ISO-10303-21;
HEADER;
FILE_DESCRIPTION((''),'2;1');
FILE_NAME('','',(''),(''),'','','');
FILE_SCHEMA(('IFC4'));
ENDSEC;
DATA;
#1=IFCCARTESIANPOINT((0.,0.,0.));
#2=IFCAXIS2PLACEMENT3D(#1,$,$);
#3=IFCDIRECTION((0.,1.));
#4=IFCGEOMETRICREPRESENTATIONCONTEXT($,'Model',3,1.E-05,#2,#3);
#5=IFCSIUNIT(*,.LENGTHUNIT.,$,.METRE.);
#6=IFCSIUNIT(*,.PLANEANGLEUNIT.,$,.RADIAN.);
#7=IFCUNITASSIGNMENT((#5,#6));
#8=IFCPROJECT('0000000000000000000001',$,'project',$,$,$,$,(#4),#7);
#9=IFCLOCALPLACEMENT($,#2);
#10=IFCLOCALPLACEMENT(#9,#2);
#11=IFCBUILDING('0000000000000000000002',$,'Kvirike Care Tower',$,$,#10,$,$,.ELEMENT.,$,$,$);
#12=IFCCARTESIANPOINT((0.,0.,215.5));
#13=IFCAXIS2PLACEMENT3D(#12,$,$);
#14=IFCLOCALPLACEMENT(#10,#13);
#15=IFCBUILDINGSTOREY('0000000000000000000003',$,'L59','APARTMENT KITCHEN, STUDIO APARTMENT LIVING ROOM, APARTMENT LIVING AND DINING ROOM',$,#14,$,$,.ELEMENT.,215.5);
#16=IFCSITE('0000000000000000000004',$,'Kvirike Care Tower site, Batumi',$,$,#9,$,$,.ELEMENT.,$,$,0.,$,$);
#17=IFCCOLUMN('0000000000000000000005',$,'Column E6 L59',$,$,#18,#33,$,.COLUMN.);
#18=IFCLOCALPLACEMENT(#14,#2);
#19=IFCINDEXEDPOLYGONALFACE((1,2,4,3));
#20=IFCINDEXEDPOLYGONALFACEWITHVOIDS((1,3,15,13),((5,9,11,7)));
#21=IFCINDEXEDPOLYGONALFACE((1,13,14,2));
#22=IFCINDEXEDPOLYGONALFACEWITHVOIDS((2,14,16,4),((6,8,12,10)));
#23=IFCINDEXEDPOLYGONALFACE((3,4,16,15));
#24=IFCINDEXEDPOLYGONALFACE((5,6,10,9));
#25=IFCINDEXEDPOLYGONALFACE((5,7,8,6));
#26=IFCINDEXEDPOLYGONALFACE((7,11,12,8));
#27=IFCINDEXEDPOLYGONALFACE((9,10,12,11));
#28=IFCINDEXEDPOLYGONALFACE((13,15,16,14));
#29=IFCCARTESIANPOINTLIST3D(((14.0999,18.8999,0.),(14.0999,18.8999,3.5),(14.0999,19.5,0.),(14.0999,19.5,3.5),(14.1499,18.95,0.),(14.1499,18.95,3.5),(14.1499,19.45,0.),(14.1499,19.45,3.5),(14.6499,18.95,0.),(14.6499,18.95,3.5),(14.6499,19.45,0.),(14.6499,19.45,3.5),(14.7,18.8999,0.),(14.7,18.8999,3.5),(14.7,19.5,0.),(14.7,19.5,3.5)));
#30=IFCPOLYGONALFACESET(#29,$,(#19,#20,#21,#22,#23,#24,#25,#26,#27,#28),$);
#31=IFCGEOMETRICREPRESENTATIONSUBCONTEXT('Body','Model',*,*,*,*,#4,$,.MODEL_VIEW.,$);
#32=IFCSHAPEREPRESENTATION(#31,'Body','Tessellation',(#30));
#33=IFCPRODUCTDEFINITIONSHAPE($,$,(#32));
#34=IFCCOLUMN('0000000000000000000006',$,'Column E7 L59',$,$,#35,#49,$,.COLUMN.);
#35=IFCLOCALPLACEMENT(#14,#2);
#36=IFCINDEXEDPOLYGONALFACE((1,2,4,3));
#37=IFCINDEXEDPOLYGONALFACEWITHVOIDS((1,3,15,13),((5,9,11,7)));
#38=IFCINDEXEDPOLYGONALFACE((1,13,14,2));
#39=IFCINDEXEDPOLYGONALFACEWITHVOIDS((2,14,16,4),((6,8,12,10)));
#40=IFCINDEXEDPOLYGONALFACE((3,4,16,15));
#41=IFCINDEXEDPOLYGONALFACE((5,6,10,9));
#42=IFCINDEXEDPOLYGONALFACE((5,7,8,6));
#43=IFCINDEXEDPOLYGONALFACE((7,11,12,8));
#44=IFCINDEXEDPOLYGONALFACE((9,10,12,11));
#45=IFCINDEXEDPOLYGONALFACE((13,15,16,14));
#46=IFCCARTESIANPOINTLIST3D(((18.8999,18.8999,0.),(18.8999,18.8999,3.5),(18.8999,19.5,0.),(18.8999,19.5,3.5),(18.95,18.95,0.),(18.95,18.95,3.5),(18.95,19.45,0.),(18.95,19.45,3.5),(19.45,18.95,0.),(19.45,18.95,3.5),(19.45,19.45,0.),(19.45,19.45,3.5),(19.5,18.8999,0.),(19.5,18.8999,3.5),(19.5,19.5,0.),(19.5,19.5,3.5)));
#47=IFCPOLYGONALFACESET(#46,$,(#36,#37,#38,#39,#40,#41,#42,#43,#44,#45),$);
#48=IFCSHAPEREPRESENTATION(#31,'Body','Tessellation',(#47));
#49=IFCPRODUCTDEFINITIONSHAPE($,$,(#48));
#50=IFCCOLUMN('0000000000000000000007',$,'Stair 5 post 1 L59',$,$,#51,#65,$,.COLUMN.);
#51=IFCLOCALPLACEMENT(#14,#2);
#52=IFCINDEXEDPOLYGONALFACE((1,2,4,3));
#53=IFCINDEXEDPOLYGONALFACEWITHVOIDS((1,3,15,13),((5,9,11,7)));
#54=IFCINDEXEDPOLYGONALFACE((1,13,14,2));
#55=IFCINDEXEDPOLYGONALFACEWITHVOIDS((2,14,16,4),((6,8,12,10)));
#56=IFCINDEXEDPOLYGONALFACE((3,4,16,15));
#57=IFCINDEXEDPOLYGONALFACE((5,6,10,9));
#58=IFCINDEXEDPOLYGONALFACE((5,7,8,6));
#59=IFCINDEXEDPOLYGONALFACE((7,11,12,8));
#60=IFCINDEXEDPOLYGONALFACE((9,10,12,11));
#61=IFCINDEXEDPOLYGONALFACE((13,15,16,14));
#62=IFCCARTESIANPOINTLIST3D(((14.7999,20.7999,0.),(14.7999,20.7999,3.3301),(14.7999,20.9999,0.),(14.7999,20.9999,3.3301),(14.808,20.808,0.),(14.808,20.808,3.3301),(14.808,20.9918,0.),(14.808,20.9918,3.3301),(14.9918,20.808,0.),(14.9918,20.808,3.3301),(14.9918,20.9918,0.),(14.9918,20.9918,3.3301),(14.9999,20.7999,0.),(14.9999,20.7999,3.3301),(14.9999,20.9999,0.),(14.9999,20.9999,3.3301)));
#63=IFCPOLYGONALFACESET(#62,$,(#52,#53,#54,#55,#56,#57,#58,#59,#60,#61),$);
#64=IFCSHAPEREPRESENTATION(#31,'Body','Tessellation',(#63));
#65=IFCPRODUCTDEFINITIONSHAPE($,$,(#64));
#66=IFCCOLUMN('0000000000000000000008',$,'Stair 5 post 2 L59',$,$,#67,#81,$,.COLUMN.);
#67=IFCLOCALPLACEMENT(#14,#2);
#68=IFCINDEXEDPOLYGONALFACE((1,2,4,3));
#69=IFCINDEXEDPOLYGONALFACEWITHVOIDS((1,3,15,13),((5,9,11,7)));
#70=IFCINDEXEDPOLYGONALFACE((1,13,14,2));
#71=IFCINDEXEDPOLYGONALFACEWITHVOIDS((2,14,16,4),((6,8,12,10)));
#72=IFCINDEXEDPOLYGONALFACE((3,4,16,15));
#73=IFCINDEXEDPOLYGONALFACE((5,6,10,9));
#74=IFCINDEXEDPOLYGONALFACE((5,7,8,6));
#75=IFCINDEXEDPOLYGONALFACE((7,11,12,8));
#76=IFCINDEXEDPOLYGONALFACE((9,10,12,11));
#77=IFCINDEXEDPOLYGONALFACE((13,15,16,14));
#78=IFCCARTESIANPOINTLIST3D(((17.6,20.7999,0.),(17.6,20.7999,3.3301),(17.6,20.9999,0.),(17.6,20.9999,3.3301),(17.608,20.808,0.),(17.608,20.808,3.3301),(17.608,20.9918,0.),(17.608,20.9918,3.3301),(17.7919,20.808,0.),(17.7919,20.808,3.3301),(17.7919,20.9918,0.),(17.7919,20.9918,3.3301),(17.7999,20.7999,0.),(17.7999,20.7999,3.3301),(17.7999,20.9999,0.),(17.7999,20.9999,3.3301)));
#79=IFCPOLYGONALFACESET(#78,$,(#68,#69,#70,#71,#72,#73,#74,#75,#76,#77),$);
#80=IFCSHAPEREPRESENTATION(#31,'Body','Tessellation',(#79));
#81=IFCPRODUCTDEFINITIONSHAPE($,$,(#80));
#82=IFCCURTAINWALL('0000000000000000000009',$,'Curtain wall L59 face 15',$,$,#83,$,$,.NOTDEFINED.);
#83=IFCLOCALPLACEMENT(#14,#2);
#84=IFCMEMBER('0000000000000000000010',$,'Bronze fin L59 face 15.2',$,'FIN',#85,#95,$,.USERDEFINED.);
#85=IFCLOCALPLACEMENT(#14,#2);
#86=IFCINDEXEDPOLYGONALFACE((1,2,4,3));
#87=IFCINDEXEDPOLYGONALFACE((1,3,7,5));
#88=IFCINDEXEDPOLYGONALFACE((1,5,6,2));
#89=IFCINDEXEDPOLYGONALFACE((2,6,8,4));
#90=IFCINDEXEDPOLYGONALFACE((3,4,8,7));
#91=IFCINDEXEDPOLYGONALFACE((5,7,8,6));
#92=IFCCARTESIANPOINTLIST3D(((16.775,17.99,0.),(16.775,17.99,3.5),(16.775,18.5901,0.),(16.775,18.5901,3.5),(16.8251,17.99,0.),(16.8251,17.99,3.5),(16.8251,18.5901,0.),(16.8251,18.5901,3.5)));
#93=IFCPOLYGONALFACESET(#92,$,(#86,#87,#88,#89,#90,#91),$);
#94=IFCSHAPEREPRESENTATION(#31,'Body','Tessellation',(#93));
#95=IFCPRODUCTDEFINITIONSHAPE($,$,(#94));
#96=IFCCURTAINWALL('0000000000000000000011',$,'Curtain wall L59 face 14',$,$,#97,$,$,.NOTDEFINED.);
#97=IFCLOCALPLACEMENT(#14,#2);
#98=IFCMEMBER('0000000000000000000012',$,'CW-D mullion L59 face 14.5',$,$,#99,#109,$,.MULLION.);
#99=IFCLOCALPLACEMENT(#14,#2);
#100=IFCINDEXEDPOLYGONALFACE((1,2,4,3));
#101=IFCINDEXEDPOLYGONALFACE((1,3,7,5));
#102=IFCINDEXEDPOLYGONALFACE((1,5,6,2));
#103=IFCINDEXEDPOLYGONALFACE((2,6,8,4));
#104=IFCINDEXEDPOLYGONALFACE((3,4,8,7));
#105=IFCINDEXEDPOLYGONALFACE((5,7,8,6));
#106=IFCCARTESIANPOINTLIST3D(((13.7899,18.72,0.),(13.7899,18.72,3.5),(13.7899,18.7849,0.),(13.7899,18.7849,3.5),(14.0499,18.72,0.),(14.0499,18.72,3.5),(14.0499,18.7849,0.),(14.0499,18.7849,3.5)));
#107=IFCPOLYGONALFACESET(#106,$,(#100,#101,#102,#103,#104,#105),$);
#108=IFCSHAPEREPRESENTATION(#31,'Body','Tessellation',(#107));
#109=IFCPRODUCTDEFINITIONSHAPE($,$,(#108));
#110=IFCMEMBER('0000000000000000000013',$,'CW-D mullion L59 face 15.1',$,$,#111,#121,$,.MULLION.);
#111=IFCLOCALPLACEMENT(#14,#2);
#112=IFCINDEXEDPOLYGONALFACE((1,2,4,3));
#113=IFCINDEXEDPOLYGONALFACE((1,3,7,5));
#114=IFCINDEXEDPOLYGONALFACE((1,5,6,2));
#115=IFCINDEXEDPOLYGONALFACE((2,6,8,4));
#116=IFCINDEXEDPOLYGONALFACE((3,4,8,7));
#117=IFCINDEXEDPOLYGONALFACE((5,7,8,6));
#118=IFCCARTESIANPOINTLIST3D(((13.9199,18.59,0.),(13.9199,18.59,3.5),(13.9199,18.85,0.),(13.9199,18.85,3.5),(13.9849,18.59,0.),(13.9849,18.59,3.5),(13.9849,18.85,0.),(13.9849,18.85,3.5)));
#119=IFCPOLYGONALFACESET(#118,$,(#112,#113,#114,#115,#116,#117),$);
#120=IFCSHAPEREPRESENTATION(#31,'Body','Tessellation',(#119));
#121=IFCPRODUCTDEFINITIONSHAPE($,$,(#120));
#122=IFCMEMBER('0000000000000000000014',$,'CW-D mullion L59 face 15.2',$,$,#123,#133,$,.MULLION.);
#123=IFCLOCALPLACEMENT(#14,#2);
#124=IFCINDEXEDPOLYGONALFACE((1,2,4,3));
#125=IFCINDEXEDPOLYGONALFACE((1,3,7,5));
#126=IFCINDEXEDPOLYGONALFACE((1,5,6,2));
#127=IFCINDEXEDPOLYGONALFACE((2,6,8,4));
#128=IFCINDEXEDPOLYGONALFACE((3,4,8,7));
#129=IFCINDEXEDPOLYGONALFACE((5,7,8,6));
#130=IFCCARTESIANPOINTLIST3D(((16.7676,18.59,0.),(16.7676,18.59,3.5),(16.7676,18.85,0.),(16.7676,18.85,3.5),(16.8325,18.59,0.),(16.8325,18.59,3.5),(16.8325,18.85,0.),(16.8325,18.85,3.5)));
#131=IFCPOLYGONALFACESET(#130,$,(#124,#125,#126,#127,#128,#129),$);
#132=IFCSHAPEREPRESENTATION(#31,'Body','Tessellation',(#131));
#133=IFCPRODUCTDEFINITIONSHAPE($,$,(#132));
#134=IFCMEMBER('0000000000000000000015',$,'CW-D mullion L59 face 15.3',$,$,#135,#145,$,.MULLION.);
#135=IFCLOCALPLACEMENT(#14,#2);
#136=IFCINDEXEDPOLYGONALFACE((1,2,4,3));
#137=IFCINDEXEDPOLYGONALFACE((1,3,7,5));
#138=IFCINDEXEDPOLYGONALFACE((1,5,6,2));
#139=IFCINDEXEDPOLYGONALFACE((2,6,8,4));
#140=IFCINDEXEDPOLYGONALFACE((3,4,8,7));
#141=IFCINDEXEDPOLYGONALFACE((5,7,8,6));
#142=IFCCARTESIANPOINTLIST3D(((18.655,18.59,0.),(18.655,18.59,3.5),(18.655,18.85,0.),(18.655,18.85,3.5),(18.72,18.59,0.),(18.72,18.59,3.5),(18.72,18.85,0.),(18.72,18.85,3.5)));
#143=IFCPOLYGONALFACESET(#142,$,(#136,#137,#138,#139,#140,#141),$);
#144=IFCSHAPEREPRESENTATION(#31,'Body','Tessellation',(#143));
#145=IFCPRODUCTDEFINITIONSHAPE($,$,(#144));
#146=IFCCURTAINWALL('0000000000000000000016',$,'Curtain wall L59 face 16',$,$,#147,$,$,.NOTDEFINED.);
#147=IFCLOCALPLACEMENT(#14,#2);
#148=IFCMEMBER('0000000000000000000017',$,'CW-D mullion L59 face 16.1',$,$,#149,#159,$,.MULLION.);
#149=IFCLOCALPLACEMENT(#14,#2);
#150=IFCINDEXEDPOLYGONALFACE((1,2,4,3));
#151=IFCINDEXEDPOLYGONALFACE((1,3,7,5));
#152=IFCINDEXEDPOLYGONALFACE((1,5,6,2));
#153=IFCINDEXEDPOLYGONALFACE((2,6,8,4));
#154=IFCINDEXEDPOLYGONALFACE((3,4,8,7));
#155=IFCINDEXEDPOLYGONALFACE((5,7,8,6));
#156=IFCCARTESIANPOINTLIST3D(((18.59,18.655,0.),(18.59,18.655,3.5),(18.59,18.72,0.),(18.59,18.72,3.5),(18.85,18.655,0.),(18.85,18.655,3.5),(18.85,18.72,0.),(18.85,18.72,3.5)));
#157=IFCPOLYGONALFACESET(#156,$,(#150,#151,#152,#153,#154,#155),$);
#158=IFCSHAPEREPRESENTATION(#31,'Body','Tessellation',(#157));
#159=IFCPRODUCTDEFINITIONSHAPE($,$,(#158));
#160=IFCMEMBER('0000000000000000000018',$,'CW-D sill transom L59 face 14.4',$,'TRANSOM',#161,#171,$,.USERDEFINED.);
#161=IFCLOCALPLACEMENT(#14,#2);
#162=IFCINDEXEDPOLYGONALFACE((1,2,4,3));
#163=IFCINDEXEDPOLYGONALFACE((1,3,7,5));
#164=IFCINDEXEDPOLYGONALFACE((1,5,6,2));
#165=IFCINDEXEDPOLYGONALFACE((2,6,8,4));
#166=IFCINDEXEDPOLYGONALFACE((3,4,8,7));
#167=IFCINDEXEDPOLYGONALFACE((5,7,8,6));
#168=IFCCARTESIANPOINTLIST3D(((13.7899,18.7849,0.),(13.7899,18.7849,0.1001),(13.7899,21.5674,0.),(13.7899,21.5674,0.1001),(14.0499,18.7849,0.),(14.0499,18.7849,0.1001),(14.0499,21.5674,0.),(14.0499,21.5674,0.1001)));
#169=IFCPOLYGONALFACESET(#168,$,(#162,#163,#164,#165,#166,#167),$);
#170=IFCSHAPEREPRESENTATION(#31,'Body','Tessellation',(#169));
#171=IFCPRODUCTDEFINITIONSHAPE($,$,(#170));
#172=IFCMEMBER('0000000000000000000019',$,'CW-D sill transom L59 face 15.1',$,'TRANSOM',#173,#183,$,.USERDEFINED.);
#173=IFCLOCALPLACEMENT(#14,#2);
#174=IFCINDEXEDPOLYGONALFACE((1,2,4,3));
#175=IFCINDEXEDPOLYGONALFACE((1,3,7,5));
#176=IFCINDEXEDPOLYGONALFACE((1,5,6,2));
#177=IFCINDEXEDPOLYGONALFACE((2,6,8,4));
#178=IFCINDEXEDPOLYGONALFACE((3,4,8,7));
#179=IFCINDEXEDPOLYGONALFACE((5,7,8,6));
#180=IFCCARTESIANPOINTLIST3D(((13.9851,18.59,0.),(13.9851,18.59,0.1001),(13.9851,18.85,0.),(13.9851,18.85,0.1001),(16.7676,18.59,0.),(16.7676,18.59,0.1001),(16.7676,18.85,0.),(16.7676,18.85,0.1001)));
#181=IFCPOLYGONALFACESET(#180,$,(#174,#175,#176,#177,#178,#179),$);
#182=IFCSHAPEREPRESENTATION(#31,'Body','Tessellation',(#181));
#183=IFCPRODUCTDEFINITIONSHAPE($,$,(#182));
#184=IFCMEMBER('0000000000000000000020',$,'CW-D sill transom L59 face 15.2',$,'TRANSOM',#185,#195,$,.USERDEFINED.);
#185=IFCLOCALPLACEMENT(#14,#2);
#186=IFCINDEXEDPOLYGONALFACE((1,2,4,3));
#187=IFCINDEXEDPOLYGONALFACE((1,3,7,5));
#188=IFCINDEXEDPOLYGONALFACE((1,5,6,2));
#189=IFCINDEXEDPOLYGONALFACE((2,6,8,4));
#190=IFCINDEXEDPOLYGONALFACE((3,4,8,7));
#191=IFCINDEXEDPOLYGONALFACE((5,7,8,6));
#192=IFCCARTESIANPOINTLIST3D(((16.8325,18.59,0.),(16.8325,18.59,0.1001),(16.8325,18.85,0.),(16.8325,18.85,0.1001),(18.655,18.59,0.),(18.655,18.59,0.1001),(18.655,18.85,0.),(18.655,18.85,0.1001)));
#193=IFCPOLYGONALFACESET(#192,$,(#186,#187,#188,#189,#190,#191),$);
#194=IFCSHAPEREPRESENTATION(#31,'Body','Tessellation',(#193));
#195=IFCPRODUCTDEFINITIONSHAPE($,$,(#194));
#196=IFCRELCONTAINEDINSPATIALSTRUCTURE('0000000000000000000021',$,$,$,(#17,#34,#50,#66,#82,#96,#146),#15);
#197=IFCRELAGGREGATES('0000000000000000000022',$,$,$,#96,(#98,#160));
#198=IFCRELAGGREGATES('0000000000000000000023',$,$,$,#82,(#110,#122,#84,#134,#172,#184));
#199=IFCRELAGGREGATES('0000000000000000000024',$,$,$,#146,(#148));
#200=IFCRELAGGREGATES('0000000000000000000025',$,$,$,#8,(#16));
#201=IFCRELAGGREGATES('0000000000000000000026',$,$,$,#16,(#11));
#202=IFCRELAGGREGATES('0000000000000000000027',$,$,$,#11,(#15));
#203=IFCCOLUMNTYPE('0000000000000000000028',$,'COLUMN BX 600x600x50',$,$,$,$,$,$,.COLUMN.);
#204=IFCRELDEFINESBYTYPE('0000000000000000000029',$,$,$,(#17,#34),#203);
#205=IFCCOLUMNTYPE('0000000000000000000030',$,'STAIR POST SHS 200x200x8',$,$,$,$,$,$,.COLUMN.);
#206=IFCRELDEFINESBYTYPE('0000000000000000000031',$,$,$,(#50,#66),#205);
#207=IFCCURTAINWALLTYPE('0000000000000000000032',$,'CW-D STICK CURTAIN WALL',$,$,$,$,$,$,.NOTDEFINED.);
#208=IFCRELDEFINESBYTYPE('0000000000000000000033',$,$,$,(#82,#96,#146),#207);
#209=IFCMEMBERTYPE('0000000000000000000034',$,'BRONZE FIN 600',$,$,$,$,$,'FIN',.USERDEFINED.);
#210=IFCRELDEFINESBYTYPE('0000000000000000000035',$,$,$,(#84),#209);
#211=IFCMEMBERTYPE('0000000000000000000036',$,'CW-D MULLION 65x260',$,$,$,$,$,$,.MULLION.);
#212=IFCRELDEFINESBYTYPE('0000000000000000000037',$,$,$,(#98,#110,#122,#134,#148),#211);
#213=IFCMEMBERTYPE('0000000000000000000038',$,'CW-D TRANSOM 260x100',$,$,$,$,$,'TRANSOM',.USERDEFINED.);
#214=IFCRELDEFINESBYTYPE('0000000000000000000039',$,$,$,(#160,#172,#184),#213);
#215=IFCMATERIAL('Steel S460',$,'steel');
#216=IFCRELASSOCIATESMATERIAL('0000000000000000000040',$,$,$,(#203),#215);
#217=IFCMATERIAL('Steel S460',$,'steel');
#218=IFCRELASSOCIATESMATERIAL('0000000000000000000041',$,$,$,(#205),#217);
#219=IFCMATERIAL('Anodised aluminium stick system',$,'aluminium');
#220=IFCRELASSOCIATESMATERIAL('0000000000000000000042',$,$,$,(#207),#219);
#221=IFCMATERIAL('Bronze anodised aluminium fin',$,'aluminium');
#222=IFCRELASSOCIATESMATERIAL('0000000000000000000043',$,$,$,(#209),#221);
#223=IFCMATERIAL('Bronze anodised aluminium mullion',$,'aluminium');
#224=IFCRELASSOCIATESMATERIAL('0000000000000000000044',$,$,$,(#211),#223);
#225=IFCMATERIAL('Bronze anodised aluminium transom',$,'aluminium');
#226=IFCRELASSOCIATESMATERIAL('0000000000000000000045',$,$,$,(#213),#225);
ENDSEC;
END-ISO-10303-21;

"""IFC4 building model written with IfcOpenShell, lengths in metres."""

from ifc_helpers import new_model, si_unit, direction, frame, origin, origin_2d, place, context, subcontext, project, spatial, rectangle, hollow_rectangle, extrude, material, material_profile, profile_set, type_object, element, aggregate, save


model = new_model("IFC4")

# Units and contexts
model_context = context("Model", 3, precision=1e-05, world=origin(), true_north=direction((0.0, 1.0)))
body_context = subcontext(model_context, "Body", "Model", "MODEL_VIEW")
ifc_project = project(units=[si_unit("LENGTHUNIT", "METRE"), si_unit("PLANEANGLEUNIT", "RADIAN")], contexts=[model_context])

# Site, building, storey
site_placement = place(None, origin())
site = spatial("IfcSite", under=ifc_project, at=site_placement, Name="Kvirike Care Tower site, Batumi", CompositionType="ELEMENT", RefElevation=0.0)
building_placement = place(site_placement, origin())
building = spatial("IfcBuilding", under=site, at=building_placement, Name="Kvirike Care Tower", CompositionType="ELEMENT")
storey_placement = place(building_placement, frame((0.0, 0.0, 215.5)))
storey = spatial("IfcBuildingStorey", under=building, at=storey_placement, Name="L59", Description="APARTMENT KITCHEN, STUDIO APARTMENT LIVING ROOM, APARTMENT LIVING AND DINING ROOM", CompositionType="ELEMENT", Elevation=215.5)

# Columns
ifc_material_1 = material(Name="Steel S460", Category="steel")
ifc_material_profile_1 = material_profile(ifc_material_1, hollow_rectangle(XDim=0.6001, YDim=0.6001, WallThickness=0.05, at=origin_2d()), Name="BX 600x600x50")
ifc_profile_set_1 = profile_set([ifc_material_profile_1], Name="Steel S460")
column_type_1 = type_object("IfcColumnType", Name="COLUMN BX 600x600x50", PredefinedType="COLUMN", material=ifc_profile_set_1)
for number, where, z_axis, x_axis, name in (
    (1, (14.3999, 19.2, 0.0), (0.0, 0.0, 1.0), (0.0, 1.0, 0.0), "Column E6 L59"),
    (2, (19.2, 19.2, 0.0), (0.0, 0.0, 1.0), (0.0, 1.0, 0.0), "Column E7 L59"),
):
    element("IfcColumn", number, at=place(storey_placement, frame(where, z_axis=z_axis, x_axis=x_axis)), inside=storey, type_object=column_type_1, Name=name, PredefinedType="COLUMN", context=body_context, shape_type="SweptSolid", body=[
        extrude(hollow_rectangle(XDim=0.6001, YDim=0.6001, WallThickness=0.05, at=origin_2d()), origin(), (0.0, 0.0, 1.0), 3.5),
    ])
ifc_material_2 = material(Name="Steel S460", Category="steel")
ifc_material_profile_2 = material_profile(ifc_material_2, hollow_rectangle(XDim=0.2, YDim=0.2, WallThickness=0.0081, at=origin_2d()), Name="SHS 200x200x8")
ifc_profile_set_2 = profile_set([ifc_material_profile_2], Name="Steel S460")
column_type_2 = type_object("IfcColumnType", Name="STAIR POST SHS 200x200x8", PredefinedType="COLUMN", material=ifc_profile_set_2)
for number, where, z_axis, x_axis, name in (
    (3, (14.8999, 20.8999, 0.0), (0.0, 0.0, 1.0), (1.0, 0.0, 0.0), "Stair 5 post 1 L59"),
    (4, (17.7, 20.8999, 0.0), (0.0, 0.0, 1.0), (1.0, 0.0, 0.0), "Stair 5 post 2 L59"),
):
    element("IfcColumn", number, at=place(storey_placement, frame(where, z_axis=z_axis, x_axis=x_axis)), inside=storey, type_object=column_type_2, Name=name, PredefinedType="COLUMN", context=body_context, shape_type="SweptSolid", body=[
        extrude(hollow_rectangle(XDim=0.2, YDim=0.2, WallThickness=0.0081, at=origin_2d()), origin(), (0.0, 0.0, 1.0), 3.3301),
    ])

# Curtain walls, members
ifc_material_3 = material(Name="Anodised aluminium stick system", Category="aluminium")
curtain_wall_type = type_object("IfcCurtainWallType", Name="CW-D STICK CURTAIN WALL", PredefinedType="NOTDEFINED", material=ifc_material_3)
curtain_wall_1_placement = place(storey_placement, origin())
curtain_wall_1 = element("IfcCurtainWall", 5, at=curtain_wall_1_placement, inside=storey, type_object=curtain_wall_type, Name="Curtain wall L59 face 15", PredefinedType="NOTDEFINED")
ifc_material_4 = material(Name="Bronze anodised aluminium fin", Category="aluminium")
ifc_material_profile_3 = material_profile(ifc_material_4, rectangle(XDim=0.05, YDim=0.6001, at=origin_2d()), Name="BRONZE FIN 600")
ifc_profile_set_3 = profile_set([ifc_material_profile_3], Name="Bronze anodised aluminium fin")
member_type_1 = type_object("IfcMemberType", Name="BRONZE FIN 600", ElementType="FIN", PredefinedType="USERDEFINED", material=ifc_profile_set_3)
member_1_placement = place(storey_placement, frame((16.8, 18.29, 0.0), z_axis=(0.0, 0.0, 1.0), x_axis=(1.0, 0.0, 0.0)))
member_1 = element("IfcMember", 6, at=member_1_placement, type_object=member_type_1, Name="Bronze fin L59 face 15.2", ObjectType="FIN", PredefinedType="USERDEFINED", context=body_context, shape_type="SweptSolid", body=[
    extrude(rectangle(XDim=0.05, YDim=0.6001, at=origin_2d()), origin(), (0.0, 0.0, 1.0), 3.5),
])
curtain_wall_2_placement = place(storey_placement, origin())
curtain_wall_2 = element("IfcCurtainWall", 7, at=curtain_wall_2_placement, inside=storey, type_object=curtain_wall_type, Name="Curtain wall L59 face 14", PredefinedType="NOTDEFINED")
ifc_material_5 = material(Name="Bronze anodised aluminium mullion", Category="aluminium")
ifc_material_profile_4 = material_profile(ifc_material_5, rectangle(XDim=0.0649, YDim=0.26, at=origin_2d()), Name="CW-D MULLION 65x260")
ifc_profile_set_4 = profile_set([ifc_material_profile_4], Name="Bronze anodised aluminium mullion")
member_type_2 = type_object("IfcMemberType", Name="CW-D MULLION 65x260", PredefinedType="MULLION", material=ifc_profile_set_4)
member_2_placement = place(storey_placement, frame((13.9199, 18.7524, 0.0), z_axis=(0.0, 0.0, 1.0), x_axis=(0.0, -1.0, 0.0)))
member_2 = element("IfcMember", 8, at=member_2_placement, type_object=member_type_2, Name="CW-D mullion L59 face 14.5", PredefinedType="MULLION", context=body_context, shape_type="SweptSolid", body=[
    extrude(rectangle(XDim=0.0649, YDim=0.26, at=origin_2d()), origin(), (0.0, 0.0, 1.0), 3.5),
])

# Members
member_3_placement = place(storey_placement, frame((13.9524, 18.72, 0.0), z_axis=(0.0, 0.0, 1.0), x_axis=(1.0, 0.0, 0.0)))
member_3 = element("IfcMember", 9, at=member_3_placement, type_object=member_type_2, Name="CW-D mullion L59 face 15.1", PredefinedType="MULLION", context=body_context, shape_type="SweptSolid", body=[
    extrude(rectangle(XDim=0.0649, YDim=0.26, at=origin_2d()), origin(), (0.0, 0.0, 1.0), 3.5),
])
member_4_placement = place(storey_placement, frame((16.8, 18.72, 0.0), z_axis=(0.0, 0.0, 1.0), x_axis=(1.0, 0.0, 0.0)))
member_4 = element("IfcMember", 10, at=member_4_placement, type_object=member_type_2, Name="CW-D mullion L59 face 15.2", PredefinedType="MULLION", context=body_context, shape_type="SweptSolid", body=[
    extrude(rectangle(XDim=0.0649, YDim=0.26, at=origin_2d()), origin(), (0.0, 0.0, 1.0), 3.5),
])
member_5_placement = place(storey_placement, frame((18.6875, 18.72, 0.0), z_axis=(0.0, 0.0, 1.0), x_axis=(1.0, 0.0, 0.0)))
member_5 = element("IfcMember", 11, at=member_5_placement, type_object=member_type_2, Name="CW-D mullion L59 face 15.3", PredefinedType="MULLION", context=body_context, shape_type="SweptSolid", body=[
    extrude(rectangle(XDim=0.0649, YDim=0.26, at=origin_2d()), origin(), (0.0, 0.0, 1.0), 3.5),
])

# Curtain wall, member
curtain_wall_3_placement = place(storey_placement, origin())
curtain_wall_3 = element("IfcCurtainWall", 12, at=curtain_wall_3_placement, inside=storey, type_object=curtain_wall_type, Name="Curtain wall L59 face 16", PredefinedType="NOTDEFINED")
member_6_placement = place(storey_placement, frame((18.72, 18.6875, 0.0), z_axis=(0.0, 0.0, 1.0), x_axis=(0.0, -1.0, 0.0)))
member_6 = element("IfcMember", 13, at=member_6_placement, type_object=member_type_2, Name="CW-D mullion L59 face 16.1", PredefinedType="MULLION", context=body_context, shape_type="SweptSolid", body=[
    extrude(rectangle(XDim=0.0649, YDim=0.26, at=origin_2d()), origin(), (0.0, 0.0, 1.0), 3.5),
])

# Members
ifc_material_6 = material(Name="Bronze anodised aluminium transom", Category="aluminium")
ifc_material_profile_5 = material_profile(ifc_material_6, rectangle(XDim=0.26, YDim=0.1001, at=origin_2d()), Name="CW-D TRANSOM 260x100")
ifc_profile_set_5 = profile_set([ifc_material_profile_5], Name="Bronze anodised aluminium transom")
member_type_3 = type_object("IfcMemberType", Name="CW-D TRANSOM 260x100", ElementType="TRANSOM", PredefinedType="USERDEFINED", material=ifc_profile_set_5)
member_7_placement = place(storey_placement, frame((13.9199, 21.5674, 0.05), z_axis=(0.0, -1.0, 0.0), x_axis=(1.0, 0.0, 0.0)))
member_7 = element("IfcMember", 14, at=member_7_placement, type_object=member_type_3, Name="CW-D sill transom L59 face 14.4", ObjectType="TRANSOM", PredefinedType="USERDEFINED", context=body_context, shape_type="SweptSolid", body=[
    extrude(rectangle(XDim=0.26, YDim=0.1001, at=origin_2d()), origin(), (0.0, 0.0, 1.0), 2.7825),
])
member_8_placement = place(storey_placement, frame((13.9851, 18.72, 0.05), z_axis=(1.0, 0.0, 0.0), x_axis=(0.0, 1.0, 0.0)))
member_8 = element("IfcMember", 15, at=member_8_placement, type_object=member_type_3, Name="CW-D sill transom L59 face 15.1", ObjectType="TRANSOM", PredefinedType="USERDEFINED", context=body_context, shape_type="SweptSolid", body=[
    extrude(rectangle(XDim=0.26, YDim=0.1001, at=origin_2d()), origin(), (0.0, 0.0, 1.0), 2.7825),
])
member_9_placement = place(storey_placement, frame((16.8325, 18.72, 0.05), z_axis=(1.0, 0.0, 0.0), x_axis=(0.0, 1.0, 0.0)))
member_9 = element("IfcMember", 16, at=member_9_placement, type_object=member_type_3, Name="CW-D sill transom L59 face 15.2", ObjectType="TRANSOM", PredefinedType="USERDEFINED", context=body_context, shape_type="SweptSolid", body=[
    extrude(rectangle(XDim=0.26, YDim=0.1001, at=origin_2d()), origin(), (0.0, 0.0, 1.0), 1.8225),
])

aggregate(curtain_wall_2, [member_2, member_7])
aggregate(curtain_wall_1, [member_3, member_4, member_1, member_5, member_8, member_9])
aggregate(curtain_wall_3, [member_6])

save(model, "model.ifc")
